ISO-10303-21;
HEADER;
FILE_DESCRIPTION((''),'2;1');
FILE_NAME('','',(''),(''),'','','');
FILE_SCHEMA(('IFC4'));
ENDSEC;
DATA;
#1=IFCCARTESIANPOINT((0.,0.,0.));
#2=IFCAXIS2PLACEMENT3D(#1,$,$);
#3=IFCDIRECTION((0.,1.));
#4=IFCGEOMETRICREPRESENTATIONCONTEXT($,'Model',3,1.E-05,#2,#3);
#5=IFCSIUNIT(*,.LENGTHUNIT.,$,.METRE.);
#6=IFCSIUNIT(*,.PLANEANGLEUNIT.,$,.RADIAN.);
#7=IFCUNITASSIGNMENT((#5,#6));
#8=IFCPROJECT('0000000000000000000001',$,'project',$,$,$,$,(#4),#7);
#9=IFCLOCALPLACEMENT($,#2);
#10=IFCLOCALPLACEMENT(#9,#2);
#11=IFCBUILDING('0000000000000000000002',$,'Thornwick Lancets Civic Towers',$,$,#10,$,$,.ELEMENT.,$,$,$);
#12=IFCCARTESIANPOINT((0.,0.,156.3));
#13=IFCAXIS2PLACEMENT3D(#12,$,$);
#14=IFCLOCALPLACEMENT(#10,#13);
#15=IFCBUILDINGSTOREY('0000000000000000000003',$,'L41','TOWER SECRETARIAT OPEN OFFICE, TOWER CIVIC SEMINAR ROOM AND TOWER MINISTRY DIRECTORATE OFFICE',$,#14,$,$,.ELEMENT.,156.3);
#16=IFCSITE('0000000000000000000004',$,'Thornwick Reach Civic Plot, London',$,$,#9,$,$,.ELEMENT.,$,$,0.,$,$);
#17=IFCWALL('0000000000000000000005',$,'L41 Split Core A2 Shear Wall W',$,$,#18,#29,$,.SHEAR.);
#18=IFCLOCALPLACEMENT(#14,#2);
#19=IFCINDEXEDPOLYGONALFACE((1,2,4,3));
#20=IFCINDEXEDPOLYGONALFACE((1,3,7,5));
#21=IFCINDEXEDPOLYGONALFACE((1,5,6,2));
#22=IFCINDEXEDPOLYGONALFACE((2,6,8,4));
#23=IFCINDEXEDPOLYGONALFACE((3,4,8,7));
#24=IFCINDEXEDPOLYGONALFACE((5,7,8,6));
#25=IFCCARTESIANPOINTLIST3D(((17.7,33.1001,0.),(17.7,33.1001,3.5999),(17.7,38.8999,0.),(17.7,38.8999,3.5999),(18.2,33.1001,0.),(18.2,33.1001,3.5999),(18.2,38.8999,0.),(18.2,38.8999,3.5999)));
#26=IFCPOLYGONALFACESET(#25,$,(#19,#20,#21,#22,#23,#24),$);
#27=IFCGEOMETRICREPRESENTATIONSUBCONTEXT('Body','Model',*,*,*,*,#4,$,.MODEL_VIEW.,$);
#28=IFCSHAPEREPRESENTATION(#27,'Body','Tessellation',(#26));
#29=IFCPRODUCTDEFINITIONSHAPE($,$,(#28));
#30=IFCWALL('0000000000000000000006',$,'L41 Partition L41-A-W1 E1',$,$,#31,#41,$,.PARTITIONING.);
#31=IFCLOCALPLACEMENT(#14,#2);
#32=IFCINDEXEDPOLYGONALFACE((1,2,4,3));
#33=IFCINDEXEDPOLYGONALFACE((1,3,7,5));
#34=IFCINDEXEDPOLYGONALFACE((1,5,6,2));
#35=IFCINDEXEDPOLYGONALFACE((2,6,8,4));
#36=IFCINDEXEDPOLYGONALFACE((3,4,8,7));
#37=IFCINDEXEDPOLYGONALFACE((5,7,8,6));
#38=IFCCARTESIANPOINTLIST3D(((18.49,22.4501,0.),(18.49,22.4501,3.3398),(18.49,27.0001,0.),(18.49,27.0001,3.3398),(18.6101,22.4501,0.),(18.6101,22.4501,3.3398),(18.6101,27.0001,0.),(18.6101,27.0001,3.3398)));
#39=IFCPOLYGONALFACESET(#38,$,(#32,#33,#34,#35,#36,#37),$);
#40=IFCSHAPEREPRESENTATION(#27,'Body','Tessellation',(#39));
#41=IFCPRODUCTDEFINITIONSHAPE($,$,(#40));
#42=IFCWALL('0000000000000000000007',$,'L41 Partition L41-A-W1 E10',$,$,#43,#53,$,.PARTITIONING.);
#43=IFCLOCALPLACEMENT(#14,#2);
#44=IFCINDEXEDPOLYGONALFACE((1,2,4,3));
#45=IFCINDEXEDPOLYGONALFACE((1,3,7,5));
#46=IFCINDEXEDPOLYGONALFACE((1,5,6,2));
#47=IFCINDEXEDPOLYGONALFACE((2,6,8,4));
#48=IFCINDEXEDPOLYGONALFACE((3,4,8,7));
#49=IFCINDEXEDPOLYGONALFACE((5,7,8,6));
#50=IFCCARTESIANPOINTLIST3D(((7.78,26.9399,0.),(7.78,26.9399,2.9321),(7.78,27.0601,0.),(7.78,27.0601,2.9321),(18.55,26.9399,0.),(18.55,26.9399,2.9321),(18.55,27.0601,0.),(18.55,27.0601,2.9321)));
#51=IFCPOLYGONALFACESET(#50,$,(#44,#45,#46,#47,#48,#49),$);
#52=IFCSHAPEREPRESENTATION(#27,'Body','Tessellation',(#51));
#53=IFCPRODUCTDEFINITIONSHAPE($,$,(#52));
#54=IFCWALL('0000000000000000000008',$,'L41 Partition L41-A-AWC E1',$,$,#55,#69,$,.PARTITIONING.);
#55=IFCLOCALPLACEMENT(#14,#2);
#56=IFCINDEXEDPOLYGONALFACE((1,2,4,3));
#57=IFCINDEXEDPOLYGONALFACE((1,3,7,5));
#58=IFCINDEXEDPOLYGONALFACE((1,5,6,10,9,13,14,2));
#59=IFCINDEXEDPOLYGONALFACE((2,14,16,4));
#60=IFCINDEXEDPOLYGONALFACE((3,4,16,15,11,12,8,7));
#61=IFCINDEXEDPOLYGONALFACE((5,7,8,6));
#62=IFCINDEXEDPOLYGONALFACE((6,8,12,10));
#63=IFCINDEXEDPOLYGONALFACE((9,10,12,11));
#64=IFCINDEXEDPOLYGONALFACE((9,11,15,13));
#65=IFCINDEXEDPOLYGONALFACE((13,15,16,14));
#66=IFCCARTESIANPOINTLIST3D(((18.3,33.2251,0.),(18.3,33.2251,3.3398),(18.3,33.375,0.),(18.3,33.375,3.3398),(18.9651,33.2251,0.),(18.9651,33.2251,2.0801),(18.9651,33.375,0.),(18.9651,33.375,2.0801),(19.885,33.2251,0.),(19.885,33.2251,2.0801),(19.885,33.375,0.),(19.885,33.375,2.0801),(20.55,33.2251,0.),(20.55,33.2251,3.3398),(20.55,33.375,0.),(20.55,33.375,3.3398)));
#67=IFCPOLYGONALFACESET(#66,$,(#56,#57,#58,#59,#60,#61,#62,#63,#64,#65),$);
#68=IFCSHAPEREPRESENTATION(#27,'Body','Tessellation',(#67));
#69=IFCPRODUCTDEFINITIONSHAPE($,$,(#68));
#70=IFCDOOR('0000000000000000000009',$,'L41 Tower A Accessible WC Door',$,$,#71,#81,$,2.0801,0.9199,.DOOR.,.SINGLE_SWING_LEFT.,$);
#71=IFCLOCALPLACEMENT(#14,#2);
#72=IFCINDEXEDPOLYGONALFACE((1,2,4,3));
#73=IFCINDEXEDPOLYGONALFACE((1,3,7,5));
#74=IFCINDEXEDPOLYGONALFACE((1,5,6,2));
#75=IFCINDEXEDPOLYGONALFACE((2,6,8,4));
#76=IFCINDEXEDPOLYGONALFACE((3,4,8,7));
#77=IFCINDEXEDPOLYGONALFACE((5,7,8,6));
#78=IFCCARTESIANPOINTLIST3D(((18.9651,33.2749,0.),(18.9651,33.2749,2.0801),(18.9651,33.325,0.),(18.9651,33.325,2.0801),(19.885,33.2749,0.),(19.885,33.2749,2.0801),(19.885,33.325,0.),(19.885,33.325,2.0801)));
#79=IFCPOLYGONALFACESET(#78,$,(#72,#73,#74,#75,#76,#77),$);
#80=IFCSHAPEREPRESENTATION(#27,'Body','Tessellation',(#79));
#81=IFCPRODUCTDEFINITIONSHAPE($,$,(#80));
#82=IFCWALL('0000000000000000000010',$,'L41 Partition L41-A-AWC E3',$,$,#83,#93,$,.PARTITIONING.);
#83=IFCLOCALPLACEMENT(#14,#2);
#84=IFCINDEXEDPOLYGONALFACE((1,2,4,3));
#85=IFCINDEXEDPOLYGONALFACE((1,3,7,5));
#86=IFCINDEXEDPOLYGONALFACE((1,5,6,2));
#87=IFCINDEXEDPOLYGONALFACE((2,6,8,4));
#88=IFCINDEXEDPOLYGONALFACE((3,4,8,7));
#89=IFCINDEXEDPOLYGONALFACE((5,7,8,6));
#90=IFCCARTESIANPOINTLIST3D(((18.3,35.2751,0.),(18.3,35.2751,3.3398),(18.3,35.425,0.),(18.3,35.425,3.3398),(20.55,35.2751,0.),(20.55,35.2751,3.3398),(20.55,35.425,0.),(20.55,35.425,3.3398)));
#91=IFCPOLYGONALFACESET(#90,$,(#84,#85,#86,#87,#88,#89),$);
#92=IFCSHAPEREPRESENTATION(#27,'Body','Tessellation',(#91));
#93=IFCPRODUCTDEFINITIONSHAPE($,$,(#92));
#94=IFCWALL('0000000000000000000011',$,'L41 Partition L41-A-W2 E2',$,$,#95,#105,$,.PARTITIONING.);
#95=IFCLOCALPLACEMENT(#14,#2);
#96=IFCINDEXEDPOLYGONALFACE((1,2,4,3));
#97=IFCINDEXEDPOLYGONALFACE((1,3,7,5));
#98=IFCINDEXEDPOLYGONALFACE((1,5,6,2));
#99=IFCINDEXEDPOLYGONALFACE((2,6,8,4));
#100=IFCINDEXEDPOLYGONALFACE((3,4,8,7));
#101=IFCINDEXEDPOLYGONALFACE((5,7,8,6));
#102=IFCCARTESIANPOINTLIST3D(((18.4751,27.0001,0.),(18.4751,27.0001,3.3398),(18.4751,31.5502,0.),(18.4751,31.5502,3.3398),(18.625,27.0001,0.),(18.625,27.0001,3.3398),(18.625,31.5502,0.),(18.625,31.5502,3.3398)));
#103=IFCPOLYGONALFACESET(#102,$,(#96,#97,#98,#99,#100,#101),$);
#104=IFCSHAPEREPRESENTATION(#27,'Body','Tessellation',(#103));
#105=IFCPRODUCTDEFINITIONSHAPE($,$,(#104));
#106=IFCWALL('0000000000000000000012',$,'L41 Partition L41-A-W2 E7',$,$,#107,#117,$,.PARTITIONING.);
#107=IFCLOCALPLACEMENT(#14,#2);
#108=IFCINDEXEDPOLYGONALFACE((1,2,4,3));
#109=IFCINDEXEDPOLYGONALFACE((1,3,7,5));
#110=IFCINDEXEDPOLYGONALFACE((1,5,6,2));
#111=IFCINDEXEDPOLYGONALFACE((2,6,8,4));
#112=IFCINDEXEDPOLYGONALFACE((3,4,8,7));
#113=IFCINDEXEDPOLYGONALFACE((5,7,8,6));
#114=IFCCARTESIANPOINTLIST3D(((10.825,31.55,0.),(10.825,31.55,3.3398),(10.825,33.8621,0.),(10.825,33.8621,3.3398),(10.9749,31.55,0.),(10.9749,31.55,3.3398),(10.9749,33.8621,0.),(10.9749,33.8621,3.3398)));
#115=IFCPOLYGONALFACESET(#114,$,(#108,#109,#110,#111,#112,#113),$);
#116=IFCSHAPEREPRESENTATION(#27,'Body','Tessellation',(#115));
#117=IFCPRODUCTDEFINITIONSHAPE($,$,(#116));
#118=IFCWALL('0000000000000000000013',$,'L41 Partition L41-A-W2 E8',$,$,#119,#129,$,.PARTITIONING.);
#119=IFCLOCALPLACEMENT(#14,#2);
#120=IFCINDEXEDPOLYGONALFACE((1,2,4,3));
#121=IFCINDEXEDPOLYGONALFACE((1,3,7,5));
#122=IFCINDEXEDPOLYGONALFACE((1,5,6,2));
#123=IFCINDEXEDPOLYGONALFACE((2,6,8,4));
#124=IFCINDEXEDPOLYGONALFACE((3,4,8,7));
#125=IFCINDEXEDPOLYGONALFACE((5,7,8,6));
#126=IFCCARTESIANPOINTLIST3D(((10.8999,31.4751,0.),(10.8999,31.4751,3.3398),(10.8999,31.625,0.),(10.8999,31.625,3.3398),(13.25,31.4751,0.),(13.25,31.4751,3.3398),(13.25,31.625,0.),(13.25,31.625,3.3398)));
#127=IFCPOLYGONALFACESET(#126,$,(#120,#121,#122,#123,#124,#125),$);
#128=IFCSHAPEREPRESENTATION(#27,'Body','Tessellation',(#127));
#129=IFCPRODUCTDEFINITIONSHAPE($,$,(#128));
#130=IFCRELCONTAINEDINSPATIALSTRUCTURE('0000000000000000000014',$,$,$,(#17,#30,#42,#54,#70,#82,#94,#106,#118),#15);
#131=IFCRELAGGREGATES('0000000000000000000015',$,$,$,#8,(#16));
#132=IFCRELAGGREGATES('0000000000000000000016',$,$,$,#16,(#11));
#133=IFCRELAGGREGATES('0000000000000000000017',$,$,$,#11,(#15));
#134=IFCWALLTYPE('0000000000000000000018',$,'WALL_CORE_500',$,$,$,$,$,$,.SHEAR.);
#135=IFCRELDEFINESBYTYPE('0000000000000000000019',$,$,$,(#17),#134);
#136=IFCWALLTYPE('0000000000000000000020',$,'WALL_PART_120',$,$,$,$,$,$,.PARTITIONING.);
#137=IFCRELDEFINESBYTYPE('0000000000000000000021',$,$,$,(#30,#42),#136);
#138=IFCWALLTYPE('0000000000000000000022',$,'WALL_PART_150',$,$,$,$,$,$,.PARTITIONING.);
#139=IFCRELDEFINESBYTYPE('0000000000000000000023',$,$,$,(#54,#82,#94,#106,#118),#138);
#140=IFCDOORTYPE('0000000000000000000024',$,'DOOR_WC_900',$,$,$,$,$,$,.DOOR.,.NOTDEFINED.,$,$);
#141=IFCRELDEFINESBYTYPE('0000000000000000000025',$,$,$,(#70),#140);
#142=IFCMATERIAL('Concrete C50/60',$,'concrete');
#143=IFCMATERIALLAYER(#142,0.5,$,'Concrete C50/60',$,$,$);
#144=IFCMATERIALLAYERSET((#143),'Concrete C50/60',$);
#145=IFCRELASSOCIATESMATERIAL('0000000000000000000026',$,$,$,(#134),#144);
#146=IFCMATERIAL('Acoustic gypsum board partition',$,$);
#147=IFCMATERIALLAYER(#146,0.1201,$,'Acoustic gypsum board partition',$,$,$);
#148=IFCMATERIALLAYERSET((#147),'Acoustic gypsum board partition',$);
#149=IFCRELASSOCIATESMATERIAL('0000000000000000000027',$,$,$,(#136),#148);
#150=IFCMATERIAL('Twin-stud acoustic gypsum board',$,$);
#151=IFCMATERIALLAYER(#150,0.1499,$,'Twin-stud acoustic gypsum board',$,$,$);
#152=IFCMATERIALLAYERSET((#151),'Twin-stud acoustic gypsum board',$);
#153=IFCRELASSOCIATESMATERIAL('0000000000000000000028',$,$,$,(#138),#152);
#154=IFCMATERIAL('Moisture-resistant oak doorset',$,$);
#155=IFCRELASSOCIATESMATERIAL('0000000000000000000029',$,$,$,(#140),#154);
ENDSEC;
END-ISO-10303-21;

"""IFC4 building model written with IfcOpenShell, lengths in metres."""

from ifc_helpers import new_model, si_unit, direction, frame, frame_2d, origin, place, context, subcontext, project, spatial, rectangle, extrude, material, layer, layer_set, type_object, element, fill, save


model = new_model("IFC4")

# Units and contexts
model_context = context("Model", 3, precision=1e-05, world=origin(), true_north=direction((0.0, 1.0)))
body_context = subcontext(model_context, "Body", "Model", "MODEL_VIEW")
ifc_project = project(units=[si_unit("LENGTHUNIT", "METRE"), si_unit("PLANEANGLEUNIT", "RADIAN")], contexts=[model_context])

# Site, building, storey
site_placement = place(None, origin())
site = spatial("IfcSite", under=ifc_project, at=site_placement, Name="Thornwick Reach Civic Plot, London", CompositionType="ELEMENT", RefElevation=0.0)
building_placement = place(site_placement, origin())
building = spatial("IfcBuilding", under=site, at=building_placement, Name="Thornwick Lancets Civic Towers", CompositionType="ELEMENT")
storey_placement = place(building_placement, frame((0.0, 0.0, 156.3)))
storey = spatial("IfcBuildingStorey", under=building, at=storey_placement, Name="L41", Description="TOWER SECRETARIAT OPEN OFFICE, TOWER CIVIC SEMINAR ROOM AND TOWER MINISTRY DIRECTORATE OFFICE", CompositionType="ELEMENT", Elevation=156.3)

# Shared definitions
ifc_material_1 = material(Name="Concrete C50/60", Category="concrete")

# Walls
ifc_layer_1 = layer(ifc_material_1, 0.5, Name="Concrete C50/60")
ifc_layer_set_1 = layer_set([ifc_layer_1], Name="Concrete C50/60")
wall_type_1 = type_object("IfcWallType", Name="WALL_CORE_500", PredefinedType="SHEAR", material=ifc_layer_set_1)
wall_1_placement = place(storey_placement, frame((17.95, 33.1001, 0.0), z_axis=(0.0, 0.0, 1.0), x_axis=(0.0, 1.0, 0.0)))
element("IfcWall", 1, at=wall_1_placement, inside=storey, type_object=wall_type_1, Name="L41 Split Core A2 Shear Wall W", PredefinedType="SHEAR", context=body_context, shape_type="SweptSolid", body=[
    extrude(rectangle(XDim=5.7998, YDim=0.5, at=frame_2d((2.8999, 0.0))), origin(), (0.0, 0.0, 1.0), 3.5999),
])
ifc_material_2 = material(Name="Acoustic gypsum board partition")
ifc_layer_2 = layer(ifc_material_2, 0.1201, Name="Acoustic gypsum board partition")
ifc_layer_set_2 = layer_set([ifc_layer_2], Name="Acoustic gypsum board partition")
wall_type_2 = type_object("IfcWallType", Name="WALL_PART_120", PredefinedType="PARTITIONING", material=ifc_layer_set_2)
wall_2_placement = place(storey_placement, frame((18.55, 27.0, 0.0), z_axis=(0.0, 0.0, 1.0), x_axis=(0.0, -1.0, 0.0)))
element("IfcWall", 2, at=wall_2_placement, inside=storey, type_object=wall_type_2, Name="L41 Partition L41-A-W1 E1", PredefinedType="PARTITIONING", context=body_context, shape_type="SweptSolid", body=[
    extrude(rectangle(XDim=4.55, YDim=0.1201, at=frame_2d((2.2749, 0.0))), origin(), (0.0, 0.0, 1.0), 3.3398),
])
wall_3_placement = place(storey_placement, frame((7.78, 27.0, 0.0), z_axis=(0.0, 0.0, 1.0), x_axis=(1.0, 0.0, 0.0)))
element("IfcWall", 3, at=wall_3_placement, inside=storey, type_object=wall_type_2, Name="L41 Partition L41-A-W1 E10", PredefinedType="PARTITIONING", context=body_context, shape_type="SweptSolid", body=[
    extrude(rectangle(XDim=10.77, YDim=0.1201, at=frame_2d((5.385, 0.0))), origin(), (0.0, 0.0, 1.0), 2.9321),
])

# Wall, opening, door
ifc_material_3 = material(Name="Twin-stud acoustic gypsum board")
ifc_layer_3 = layer(ifc_material_3, 0.1499, Name="Twin-stud acoustic gypsum board")
ifc_layer_set_3 = layer_set([ifc_layer_3], Name="Twin-stud acoustic gypsum board")
wall_type_3 = type_object("IfcWallType", Name="WALL_PART_150", PredefinedType="PARTITIONING", material=ifc_layer_set_3)
wall_4_placement = place(storey_placement, frame((18.3, 33.3, 0.0), z_axis=(0.0, 0.0, 1.0), x_axis=(1.0, 0.0, 0.0)))
wall_4 = element("IfcWall", 4, at=wall_4_placement, inside=storey, type_object=wall_type_3, Name="L41 Partition L41-A-AWC E1", PredefinedType="PARTITIONING", context=body_context, shape_type="SweptSolid", body=[
    extrude(rectangle(XDim=2.25, YDim=0.1499, at=frame_2d((1.125, 0.0))), origin(), (0.0, 0.0, 1.0), 3.3398),
])
opening_1_placement = place(wall_4_placement, frame((0.665, 0.0, 0.0)))
opening_1 = element("IfcOpeningElement", 5, at=opening_1_placement, cuts=wall_4, PredefinedType="OPENING", context=body_context, shape_type="SweptSolid", body=[
    extrude(rectangle(XDim=0.9199, YDim=2.0801, at=frame_2d((0.46, 1.04))), frame((0.0, 0.085, 0.0), z_axis=(0.0, -1.0, 0.0), x_axis=(1.0, 0.0, 0.0)), (0.0, 0.0, 1.0), 0.1699),
])
ifc_material_4 = material(Name="Moisture-resistant oak doorset")
door_type_1 = type_object("IfcDoorType", Name="DOOR_WC_900", OperationType="NOTDEFINED", PredefinedType="DOOR", material=ifc_material_4)
door_1_placement = place(opening_1_placement, origin())
door_1 = element("IfcDoor", 6, at=door_1_placement, inside=storey, type_object=door_type_1, Name="L41 Tower A Accessible WC Door", OperationType="SINGLE_SWING_LEFT", OverallHeight=2.0801, OverallWidth=0.9199, PredefinedType="DOOR", context=body_context, shape_type="SweptSolid", body=[
    extrude(rectangle(XDim=0.9199, YDim=2.0801, at=frame_2d((0.46, 1.04))), frame((0.0, 0.0249, 0.0), z_axis=(0.0, -1.0, 0.0), x_axis=(1.0, 0.0, 0.0)), (0.0, 0.0, 1.0), 0.05),
])
fill(opening_1, door_1)

# Wall
wall_5_placement = place(storey_placement, frame((20.55, 35.3501, 0.0), z_axis=(0.0, 0.0, 1.0), x_axis=(-1.0, 0.0, 0.0)))
element("IfcWall", 7, at=wall_5_placement, inside=storey, type_object=wall_type_3, Name="L41 Partition L41-A-AWC E3", PredefinedType="PARTITIONING", context=body_context, shape_type="SweptSolid", body=[
    extrude(rectangle(XDim=2.25, YDim=0.1499, at=frame_2d((1.125, 0.0))), origin(), (0.0, 0.0, 1.0), 3.3398),
])

# Walls
wall_6_placement = place(storey_placement, frame((18.55, 31.55, 0.0), z_axis=(0.0, 0.0, 1.0), x_axis=(0.0, -1.0, 0.0)))
element("IfcWall", 8, at=wall_6_placement, inside=storey, type_object=wall_type_3, Name="L41 Partition L41-A-W2 E2", PredefinedType="PARTITIONING", context=body_context, shape_type="SweptSolid", body=[
    extrude(rectangle(XDim=4.55, YDim=0.1499, at=frame_2d((2.2749, 0.0))), origin(), (0.0, 0.0, 1.0), 3.3398),
])
wall_7_placement = place(storey_placement, frame((10.8999, 33.8621, 0.0), z_axis=(0.0, 0.0, 1.0), x_axis=(0.0, -1.0, 0.0)))
element("IfcWall", 9, at=wall_7_placement, inside=storey, type_object=wall_type_3, Name="L41 Partition L41-A-W2 E7", PredefinedType="PARTITIONING", context=body_context, shape_type="SweptSolid", body=[
    extrude(rectangle(XDim=2.312, YDim=0.1499, at=frame_2d((1.156, 0.0))), origin(), (0.0, 0.0, 1.0), 3.3398),
])
wall_8_placement = place(storey_placement, frame((10.8999, 31.55, 0.0), z_axis=(0.0, 0.0, 1.0), x_axis=(1.0, 0.0, 0.0)))
element("IfcWall", 10, at=wall_8_placement, inside=storey, type_object=wall_type_3, Name="L41 Partition L41-A-W2 E8", PredefinedType="PARTITIONING", context=body_context, shape_type="SweptSolid", body=[
    extrude(rectangle(XDim=2.3501, YDim=0.1499, at=frame_2d((1.175, 0.0))), origin(), (0.0, 0.0, 1.0), 3.3398),
])

save(model, "model.ifc")
